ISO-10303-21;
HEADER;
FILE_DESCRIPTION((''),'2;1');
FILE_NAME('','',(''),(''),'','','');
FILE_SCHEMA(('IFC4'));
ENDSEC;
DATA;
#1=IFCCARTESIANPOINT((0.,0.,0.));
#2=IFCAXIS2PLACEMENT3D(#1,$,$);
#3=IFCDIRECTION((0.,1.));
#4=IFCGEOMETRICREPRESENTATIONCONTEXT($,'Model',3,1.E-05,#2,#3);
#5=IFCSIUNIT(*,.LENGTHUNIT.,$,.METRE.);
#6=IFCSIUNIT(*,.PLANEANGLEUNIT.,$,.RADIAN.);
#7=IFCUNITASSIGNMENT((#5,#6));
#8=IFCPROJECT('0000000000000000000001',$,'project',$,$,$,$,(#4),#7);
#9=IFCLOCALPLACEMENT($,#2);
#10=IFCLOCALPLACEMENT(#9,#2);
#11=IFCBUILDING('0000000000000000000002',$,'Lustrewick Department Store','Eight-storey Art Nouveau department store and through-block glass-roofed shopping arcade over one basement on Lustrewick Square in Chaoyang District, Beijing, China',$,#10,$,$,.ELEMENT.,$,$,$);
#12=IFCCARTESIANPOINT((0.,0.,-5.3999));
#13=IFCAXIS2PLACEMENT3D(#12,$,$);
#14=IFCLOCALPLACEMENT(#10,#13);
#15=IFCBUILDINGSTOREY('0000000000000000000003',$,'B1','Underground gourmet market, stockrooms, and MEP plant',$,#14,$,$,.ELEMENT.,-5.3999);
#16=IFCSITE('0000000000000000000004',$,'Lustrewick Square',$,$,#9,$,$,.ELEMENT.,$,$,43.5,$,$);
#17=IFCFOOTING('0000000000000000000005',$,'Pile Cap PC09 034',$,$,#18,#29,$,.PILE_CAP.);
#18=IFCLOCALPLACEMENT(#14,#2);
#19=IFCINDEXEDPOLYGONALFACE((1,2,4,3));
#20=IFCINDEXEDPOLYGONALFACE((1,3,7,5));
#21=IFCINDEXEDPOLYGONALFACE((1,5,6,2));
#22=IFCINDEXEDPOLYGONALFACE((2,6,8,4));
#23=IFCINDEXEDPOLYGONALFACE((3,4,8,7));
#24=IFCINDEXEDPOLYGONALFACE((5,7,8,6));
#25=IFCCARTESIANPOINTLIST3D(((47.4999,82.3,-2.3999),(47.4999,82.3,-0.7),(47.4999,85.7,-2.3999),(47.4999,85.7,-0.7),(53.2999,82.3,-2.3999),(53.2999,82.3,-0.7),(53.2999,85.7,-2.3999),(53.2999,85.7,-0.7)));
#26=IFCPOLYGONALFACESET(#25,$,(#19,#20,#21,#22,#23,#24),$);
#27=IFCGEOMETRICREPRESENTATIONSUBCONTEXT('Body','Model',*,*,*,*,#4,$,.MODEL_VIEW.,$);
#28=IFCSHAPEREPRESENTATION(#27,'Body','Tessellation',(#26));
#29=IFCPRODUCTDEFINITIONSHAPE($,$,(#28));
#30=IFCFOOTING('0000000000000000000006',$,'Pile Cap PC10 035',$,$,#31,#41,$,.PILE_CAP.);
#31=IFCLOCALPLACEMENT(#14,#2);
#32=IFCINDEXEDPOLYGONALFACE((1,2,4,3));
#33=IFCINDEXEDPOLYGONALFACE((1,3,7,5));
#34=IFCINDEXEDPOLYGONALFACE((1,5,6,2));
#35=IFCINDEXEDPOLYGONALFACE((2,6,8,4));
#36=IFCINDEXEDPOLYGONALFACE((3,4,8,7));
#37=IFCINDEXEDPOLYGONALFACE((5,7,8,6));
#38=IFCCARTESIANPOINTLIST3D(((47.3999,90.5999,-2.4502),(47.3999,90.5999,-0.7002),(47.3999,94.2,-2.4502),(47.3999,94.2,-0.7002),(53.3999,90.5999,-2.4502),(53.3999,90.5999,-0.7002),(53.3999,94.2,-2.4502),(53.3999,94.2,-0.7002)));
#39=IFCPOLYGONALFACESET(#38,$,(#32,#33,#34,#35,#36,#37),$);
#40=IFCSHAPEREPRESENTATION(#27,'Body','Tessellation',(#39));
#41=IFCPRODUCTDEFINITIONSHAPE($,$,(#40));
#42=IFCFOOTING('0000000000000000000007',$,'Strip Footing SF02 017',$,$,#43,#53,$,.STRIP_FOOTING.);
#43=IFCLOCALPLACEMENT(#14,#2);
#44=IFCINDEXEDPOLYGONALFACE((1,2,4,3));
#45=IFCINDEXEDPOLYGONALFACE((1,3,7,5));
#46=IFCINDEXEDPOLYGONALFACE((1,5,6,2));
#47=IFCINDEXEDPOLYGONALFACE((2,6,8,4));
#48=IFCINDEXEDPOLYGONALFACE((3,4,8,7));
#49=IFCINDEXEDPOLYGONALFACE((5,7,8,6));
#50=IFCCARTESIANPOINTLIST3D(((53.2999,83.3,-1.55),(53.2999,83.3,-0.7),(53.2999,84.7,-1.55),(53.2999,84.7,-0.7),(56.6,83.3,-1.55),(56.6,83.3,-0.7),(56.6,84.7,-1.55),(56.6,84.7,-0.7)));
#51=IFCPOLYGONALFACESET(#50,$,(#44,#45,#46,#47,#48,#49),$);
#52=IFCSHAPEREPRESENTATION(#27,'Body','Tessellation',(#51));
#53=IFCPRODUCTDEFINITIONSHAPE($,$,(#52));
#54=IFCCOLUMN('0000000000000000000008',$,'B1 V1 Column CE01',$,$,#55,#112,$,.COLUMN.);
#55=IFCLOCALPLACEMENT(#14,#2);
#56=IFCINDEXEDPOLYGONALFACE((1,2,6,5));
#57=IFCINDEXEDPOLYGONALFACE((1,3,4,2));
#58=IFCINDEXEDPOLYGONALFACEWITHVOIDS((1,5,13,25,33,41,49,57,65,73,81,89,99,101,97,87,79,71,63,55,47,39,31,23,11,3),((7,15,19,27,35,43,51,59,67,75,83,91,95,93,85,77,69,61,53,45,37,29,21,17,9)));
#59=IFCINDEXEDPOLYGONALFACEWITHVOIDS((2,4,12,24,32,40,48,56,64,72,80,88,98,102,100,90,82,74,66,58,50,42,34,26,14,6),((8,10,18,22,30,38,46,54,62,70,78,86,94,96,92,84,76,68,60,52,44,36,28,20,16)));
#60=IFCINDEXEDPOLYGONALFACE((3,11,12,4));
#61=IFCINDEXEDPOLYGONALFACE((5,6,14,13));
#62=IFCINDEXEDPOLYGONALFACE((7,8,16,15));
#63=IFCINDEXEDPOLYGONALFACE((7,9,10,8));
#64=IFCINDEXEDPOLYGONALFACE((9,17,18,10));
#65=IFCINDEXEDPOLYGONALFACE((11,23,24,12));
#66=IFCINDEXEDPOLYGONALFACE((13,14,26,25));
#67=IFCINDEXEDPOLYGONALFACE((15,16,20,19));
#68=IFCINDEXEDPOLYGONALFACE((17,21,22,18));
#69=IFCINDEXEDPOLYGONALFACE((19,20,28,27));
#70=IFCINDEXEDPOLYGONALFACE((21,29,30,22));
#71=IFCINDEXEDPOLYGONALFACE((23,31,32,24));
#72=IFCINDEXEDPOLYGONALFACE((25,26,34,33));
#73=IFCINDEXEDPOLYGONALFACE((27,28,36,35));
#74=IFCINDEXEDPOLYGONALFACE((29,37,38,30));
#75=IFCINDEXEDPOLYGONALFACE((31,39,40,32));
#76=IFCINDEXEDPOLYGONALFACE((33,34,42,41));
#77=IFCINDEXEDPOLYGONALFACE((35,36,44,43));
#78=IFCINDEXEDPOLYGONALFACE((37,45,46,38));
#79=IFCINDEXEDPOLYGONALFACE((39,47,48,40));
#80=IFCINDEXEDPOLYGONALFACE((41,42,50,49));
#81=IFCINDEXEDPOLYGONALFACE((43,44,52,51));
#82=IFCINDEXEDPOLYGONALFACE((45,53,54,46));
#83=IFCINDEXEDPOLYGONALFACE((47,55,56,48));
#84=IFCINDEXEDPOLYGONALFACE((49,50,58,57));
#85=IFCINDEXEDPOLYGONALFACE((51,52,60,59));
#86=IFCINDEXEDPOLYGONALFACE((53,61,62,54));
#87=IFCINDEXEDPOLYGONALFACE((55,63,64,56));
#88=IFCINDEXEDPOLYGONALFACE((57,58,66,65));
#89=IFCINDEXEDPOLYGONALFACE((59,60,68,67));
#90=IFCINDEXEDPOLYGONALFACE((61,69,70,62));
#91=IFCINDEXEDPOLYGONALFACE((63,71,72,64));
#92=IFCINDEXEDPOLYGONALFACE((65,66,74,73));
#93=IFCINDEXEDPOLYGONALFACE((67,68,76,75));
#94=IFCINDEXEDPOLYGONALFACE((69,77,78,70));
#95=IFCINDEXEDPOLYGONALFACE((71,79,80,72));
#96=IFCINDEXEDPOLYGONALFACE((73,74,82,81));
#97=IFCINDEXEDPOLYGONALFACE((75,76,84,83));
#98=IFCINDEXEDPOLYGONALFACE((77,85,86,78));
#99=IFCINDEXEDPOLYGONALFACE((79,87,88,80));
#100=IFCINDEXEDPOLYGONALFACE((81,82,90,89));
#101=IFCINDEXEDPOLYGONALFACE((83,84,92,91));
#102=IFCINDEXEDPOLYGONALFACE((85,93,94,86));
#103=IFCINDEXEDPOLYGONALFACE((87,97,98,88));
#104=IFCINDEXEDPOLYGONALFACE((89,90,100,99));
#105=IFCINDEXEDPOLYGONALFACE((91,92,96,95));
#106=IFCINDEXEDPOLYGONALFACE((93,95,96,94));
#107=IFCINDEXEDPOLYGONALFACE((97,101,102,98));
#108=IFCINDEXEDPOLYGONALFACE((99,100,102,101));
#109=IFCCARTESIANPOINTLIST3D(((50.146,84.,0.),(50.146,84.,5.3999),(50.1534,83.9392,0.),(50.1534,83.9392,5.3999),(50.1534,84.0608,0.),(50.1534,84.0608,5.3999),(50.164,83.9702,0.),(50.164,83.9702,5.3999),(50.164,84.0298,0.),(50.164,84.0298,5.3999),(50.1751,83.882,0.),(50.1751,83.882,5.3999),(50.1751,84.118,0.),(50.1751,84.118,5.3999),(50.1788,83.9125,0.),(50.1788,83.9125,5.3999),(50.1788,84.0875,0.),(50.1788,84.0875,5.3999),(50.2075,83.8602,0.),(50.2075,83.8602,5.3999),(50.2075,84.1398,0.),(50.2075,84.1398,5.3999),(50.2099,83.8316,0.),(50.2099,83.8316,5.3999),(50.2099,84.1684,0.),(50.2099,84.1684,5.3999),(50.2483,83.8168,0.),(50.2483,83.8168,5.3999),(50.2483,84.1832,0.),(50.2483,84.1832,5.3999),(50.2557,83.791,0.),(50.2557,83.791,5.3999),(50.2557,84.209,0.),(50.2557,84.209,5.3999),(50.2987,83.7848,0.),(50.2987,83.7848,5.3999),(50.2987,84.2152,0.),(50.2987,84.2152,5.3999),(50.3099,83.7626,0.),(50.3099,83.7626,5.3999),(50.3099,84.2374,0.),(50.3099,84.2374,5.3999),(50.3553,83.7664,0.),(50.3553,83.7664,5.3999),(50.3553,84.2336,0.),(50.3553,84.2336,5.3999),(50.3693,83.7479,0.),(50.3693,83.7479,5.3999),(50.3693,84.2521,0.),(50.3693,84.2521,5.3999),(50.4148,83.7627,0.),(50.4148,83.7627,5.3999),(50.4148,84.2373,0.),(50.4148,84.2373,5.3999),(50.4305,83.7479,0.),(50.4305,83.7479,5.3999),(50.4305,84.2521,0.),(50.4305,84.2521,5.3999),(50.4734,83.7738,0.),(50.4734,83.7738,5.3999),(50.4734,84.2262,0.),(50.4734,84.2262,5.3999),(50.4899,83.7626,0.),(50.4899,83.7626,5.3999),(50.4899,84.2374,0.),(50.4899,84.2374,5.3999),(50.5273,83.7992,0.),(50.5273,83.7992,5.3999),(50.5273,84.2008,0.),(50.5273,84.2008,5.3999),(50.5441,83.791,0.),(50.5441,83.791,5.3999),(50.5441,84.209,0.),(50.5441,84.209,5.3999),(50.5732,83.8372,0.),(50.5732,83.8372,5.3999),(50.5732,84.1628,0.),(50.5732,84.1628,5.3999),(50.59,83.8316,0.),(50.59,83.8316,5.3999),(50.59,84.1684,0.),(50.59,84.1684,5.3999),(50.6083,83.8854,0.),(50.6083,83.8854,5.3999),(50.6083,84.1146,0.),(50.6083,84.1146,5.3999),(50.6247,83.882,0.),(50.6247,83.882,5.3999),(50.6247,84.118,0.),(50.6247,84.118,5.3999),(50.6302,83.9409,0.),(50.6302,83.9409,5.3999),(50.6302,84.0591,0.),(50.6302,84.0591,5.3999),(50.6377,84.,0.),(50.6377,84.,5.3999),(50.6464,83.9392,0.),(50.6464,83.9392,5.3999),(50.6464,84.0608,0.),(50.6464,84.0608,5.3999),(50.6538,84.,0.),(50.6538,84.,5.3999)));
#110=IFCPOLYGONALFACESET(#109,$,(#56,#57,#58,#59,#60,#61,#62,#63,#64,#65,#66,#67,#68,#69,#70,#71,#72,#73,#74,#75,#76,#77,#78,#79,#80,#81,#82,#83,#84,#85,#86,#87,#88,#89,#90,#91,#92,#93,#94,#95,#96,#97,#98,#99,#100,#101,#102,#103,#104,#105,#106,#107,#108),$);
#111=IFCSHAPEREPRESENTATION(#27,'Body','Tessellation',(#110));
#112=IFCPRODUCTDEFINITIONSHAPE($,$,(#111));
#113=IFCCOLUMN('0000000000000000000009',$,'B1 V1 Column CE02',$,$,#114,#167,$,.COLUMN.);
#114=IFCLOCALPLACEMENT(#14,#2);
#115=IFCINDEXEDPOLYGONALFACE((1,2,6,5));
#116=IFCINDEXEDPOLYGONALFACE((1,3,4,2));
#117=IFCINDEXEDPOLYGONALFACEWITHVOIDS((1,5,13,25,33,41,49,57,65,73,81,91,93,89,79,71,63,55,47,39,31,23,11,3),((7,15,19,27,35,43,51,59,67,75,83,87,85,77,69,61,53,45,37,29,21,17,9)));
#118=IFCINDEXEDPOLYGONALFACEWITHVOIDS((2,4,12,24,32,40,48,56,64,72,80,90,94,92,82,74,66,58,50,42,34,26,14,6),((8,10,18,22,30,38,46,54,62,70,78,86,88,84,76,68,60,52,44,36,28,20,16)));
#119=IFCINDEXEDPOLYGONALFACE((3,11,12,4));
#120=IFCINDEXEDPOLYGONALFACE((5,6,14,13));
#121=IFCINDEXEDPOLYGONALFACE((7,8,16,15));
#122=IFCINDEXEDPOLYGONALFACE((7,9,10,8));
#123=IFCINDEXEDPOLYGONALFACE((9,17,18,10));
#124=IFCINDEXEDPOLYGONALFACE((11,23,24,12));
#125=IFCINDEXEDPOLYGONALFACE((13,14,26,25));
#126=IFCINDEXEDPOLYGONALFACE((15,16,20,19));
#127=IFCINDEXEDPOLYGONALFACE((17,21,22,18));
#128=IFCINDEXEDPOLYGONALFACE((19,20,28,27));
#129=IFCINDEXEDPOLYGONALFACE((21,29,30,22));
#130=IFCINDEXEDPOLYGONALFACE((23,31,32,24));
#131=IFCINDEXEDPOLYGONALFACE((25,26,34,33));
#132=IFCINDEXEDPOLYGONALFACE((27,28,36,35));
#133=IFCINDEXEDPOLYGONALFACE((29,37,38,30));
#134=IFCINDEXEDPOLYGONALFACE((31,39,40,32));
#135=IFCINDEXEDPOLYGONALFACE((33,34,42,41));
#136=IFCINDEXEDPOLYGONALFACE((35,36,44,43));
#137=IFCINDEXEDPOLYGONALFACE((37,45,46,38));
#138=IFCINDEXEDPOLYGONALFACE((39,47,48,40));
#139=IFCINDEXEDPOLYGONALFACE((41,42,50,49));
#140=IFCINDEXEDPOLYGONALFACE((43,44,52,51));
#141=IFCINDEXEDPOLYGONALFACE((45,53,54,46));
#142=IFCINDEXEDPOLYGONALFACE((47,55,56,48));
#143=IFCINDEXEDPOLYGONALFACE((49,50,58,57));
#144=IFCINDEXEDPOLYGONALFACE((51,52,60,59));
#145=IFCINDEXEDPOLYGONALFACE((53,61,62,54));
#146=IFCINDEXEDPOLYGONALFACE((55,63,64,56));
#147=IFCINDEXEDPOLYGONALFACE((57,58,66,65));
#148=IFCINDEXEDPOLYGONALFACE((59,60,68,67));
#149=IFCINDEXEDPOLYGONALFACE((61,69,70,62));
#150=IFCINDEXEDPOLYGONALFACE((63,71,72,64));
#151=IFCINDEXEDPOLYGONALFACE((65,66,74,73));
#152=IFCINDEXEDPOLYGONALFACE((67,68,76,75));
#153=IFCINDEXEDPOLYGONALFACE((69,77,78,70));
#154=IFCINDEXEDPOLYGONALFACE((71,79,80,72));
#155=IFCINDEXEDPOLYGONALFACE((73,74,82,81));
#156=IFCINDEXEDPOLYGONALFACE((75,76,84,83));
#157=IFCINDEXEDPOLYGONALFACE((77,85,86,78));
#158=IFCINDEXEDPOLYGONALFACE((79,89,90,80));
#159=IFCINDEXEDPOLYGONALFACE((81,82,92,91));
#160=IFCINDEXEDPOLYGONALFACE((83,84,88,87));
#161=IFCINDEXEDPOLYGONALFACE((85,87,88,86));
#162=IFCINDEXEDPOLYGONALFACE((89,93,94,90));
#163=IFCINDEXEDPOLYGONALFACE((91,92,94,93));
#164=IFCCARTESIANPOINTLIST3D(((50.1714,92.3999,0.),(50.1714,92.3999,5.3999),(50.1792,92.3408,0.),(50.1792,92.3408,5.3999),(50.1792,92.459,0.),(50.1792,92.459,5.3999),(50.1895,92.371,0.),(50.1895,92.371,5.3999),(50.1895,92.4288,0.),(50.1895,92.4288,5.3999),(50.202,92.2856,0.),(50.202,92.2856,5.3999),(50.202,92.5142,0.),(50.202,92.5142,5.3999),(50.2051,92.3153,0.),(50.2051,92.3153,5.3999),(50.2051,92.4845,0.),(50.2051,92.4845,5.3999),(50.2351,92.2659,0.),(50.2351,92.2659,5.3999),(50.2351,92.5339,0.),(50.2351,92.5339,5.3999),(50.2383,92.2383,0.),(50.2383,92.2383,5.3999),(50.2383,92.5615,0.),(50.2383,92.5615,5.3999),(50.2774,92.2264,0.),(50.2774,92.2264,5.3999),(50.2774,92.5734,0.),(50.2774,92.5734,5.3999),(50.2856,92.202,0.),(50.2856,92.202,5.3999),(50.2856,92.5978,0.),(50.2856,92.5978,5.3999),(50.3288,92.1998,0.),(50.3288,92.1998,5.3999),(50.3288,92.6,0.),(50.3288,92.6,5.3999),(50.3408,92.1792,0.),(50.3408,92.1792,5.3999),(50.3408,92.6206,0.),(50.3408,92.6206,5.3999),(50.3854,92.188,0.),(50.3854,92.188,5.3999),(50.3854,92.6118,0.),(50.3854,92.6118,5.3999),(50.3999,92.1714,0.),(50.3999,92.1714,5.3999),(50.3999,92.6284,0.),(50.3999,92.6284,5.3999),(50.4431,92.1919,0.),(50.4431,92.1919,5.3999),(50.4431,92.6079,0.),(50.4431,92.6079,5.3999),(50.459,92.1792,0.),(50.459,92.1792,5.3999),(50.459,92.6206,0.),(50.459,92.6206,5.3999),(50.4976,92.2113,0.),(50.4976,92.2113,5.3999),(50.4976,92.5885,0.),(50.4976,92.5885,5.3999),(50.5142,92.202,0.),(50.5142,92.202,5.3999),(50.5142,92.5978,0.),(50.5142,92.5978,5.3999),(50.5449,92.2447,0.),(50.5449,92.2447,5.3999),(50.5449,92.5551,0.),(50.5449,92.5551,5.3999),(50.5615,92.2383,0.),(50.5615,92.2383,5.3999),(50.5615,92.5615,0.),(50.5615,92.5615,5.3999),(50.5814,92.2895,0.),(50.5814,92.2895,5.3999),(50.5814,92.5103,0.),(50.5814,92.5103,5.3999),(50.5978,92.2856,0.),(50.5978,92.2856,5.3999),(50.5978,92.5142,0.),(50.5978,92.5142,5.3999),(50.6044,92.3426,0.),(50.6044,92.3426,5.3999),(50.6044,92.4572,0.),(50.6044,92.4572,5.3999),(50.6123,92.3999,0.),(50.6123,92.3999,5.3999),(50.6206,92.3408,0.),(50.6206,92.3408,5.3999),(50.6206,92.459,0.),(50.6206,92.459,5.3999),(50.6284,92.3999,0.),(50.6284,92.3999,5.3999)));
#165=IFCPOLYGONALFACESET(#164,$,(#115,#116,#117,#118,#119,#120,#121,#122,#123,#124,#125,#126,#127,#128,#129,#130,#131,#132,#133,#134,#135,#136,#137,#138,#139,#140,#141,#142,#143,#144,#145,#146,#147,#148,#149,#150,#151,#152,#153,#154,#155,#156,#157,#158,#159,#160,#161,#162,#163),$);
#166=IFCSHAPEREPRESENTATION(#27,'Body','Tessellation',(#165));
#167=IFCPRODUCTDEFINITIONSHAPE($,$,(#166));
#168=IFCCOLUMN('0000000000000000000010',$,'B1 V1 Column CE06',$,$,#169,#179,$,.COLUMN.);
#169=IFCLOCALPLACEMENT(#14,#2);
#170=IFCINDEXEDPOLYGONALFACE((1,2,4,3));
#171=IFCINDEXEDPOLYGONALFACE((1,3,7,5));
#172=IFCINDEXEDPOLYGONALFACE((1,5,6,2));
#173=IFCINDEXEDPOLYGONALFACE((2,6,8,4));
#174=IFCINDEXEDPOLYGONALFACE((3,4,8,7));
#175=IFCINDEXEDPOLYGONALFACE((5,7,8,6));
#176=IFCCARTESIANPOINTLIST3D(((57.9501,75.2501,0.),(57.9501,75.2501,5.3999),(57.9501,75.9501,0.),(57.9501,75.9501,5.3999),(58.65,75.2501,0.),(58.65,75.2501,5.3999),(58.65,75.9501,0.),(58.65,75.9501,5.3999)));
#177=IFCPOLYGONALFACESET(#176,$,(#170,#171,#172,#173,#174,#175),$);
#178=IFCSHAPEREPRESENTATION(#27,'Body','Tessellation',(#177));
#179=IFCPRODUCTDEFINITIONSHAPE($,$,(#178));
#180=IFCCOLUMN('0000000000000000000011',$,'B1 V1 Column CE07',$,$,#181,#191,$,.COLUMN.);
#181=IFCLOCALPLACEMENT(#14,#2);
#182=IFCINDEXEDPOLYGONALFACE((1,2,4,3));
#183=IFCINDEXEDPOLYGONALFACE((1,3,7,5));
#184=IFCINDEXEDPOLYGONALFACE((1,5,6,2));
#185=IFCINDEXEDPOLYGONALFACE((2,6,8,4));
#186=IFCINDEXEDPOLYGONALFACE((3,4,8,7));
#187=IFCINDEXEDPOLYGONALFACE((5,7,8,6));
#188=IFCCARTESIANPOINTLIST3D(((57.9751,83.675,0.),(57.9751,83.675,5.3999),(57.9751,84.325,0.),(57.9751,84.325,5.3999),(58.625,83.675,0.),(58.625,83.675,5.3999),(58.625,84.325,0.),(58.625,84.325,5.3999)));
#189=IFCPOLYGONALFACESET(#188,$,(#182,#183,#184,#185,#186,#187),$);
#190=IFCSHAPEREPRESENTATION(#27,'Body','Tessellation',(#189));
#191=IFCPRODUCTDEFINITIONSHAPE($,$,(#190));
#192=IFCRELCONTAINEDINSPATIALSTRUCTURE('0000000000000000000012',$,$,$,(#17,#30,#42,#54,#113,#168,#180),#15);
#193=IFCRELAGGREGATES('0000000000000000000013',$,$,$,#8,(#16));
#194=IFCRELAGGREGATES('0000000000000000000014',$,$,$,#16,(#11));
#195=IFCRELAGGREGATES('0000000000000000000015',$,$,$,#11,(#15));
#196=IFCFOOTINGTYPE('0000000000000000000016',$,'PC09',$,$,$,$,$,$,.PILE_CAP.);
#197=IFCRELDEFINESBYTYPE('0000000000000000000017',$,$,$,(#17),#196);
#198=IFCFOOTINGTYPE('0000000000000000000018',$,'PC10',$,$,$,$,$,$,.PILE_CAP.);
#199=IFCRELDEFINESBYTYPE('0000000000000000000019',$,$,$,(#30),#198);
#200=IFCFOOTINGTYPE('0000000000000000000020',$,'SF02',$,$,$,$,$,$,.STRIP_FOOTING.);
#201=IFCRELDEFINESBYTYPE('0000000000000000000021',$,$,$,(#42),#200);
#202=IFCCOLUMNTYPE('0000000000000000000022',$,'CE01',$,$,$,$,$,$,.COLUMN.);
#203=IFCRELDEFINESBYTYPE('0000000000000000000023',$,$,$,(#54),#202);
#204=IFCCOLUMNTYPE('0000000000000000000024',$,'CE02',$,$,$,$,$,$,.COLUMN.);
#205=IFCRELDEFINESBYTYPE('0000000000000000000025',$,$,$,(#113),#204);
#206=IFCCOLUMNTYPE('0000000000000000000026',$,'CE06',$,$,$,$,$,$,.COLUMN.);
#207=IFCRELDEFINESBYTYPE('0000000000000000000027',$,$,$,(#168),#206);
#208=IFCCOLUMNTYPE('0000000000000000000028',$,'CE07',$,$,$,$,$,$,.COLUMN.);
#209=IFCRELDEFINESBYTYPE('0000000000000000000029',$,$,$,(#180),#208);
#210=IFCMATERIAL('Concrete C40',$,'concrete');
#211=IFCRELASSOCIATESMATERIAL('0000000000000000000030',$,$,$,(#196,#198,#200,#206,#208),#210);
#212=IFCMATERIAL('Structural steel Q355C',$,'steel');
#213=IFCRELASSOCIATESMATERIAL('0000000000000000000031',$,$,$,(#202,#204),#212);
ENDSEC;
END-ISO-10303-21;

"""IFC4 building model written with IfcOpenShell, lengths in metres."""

from ifc_helpers import new_model, si_unit, direction, frame, origin, origin_2d, place, context, subcontext, project, spatial, rectangle, hollow_circle, extrude, material, material_profile, profile_set, type_object, element, save


model = new_model("IFC4")

# Units and contexts
model_context = context("Model", 3, precision=1e-05, world=origin(), true_north=direction((0.0, 1.0)))
body_context = subcontext(model_context, "Body", "Model", "MODEL_VIEW")
ifc_project = project(units=[si_unit("LENGTHUNIT", "METRE"), si_unit("PLANEANGLEUNIT", "RADIAN")], contexts=[model_context])

# Site, building, storey
site_placement = place(None, origin())
site = spatial("IfcSite", under=ifc_project, at=site_placement, Name="Lustrewick Square", CompositionType="ELEMENT", RefElevation=43.5)
building_placement = place(site_placement, origin())
building = spatial("IfcBuilding", under=site, at=building_placement, Name="Lustrewick Department Store", Description="Eight-storey Art Nouveau department store and through-block glass-roofed shopping arcade over one basement on Lustrewick Square in Chaoyang District, Beijing, China", CompositionType="ELEMENT")
storey_placement = place(building_placement, frame((0.0, 0.0, -5.3999)))
storey = spatial("IfcBuildingStorey", under=building, at=storey_placement, Name="B1", Description="Underground gourmet market, stockrooms, and MEP plant", CompositionType="ELEMENT", Elevation=-5.3999)

# Shared definitions
ifc_material_1 = material(Name="Concrete C40", Category="concrete")

# Footings
footing_type_1 = type_object("IfcFootingType", Name="PC09", PredefinedType="PILE_CAP", material=ifc_material_1)
footing_1_placement = place(storey_placement, frame((50.3999, 84.0, -2.3999), z_axis=(0.0, 0.0, 1.0), x_axis=(1.0, 0.0, 0.0)))
element("IfcFooting", 1, at=footing_1_placement, inside=storey, type_object=footing_type_1, Name="Pile Cap PC09 034", PredefinedType="PILE_CAP", context=body_context, shape_type="SweptSolid", body=[
    extrude(rectangle(XDim=5.8, YDim=3.3999, at=origin_2d()), origin(), (0.0, 0.0, 1.0), 1.7),
])
footing_type_2 = type_object("IfcFootingType", Name="PC10", PredefinedType="PILE_CAP", material=ifc_material_1)
footing_2_placement = place(storey_placement, frame((50.3999, 92.3999, -2.4502), z_axis=(0.0, 0.0, 1.0), x_axis=(1.0, 0.0, 0.0)))
element("IfcFooting", 2, at=footing_2_placement, inside=storey, type_object=footing_type_2, Name="Pile Cap PC10 035", PredefinedType="PILE_CAP", context=body_context, shape_type="SweptSolid", body=[
    extrude(rectangle(XDim=6.0, YDim=3.6001, at=origin_2d()), origin(), (0.0, 0.0, 1.0), 1.75),
])
footing_type_3 = type_object("IfcFootingType", Name="SF02", PredefinedType="STRIP_FOOTING", material=ifc_material_1)
footing_3_placement = place(storey_placement, frame((54.95, 84.0, -1.55), z_axis=(0.0, 0.0, 1.0), x_axis=(1.0, 0.0, 0.0)))
element("IfcFooting", 3, at=footing_3_placement, inside=storey, type_object=footing_type_3, Name="Strip Footing SF02 017", PredefinedType="STRIP_FOOTING", context=body_context, shape_type="SweptSolid", body=[
    extrude(rectangle(XDim=3.3, YDim=1.3999, at=origin_2d()), origin(), (0.0, 0.0, 1.0), 0.8501),
])

# Columns
ifc_material_2 = material(Name="Structural steel Q355C", Category="steel")
ifc_material_profile_1 = material_profile(ifc_material_2, hollow_circle(Radius=0.2539, WallThickness=0.0161, at=origin_2d()), Name="CHS 508x16")
ifc_profile_set_1 = profile_set([ifc_material_profile_1], Name="Structural steel Q355C")
column_type_1 = type_object("IfcColumnType", Name="CE01", PredefinedType="COLUMN", material=ifc_profile_set_1)
column_1_placement = place(storey_placement, frame((50.3999, 84.0, 0.0), z_axis=(0.0, 0.0, 1.0), x_axis=(1.0, 0.0, 0.0)))
element("IfcColumn", 4, at=column_1_placement, inside=storey, type_object=column_type_1, Name="B1 V1 Column CE01", PredefinedType="COLUMN", context=body_context, shape_type="SweptSolid", body=[
    extrude(hollow_circle(Radius=0.2539, WallThickness=0.0161, at=origin_2d()), origin(), (0.0, 0.0, 1.0), 5.3999),
])
ifc_material_profile_2 = material_profile(ifc_material_2, hollow_circle(Radius=0.2285, WallThickness=0.0161, at=origin_2d()), Name="CHS 457x16")
ifc_profile_set_2 = profile_set([ifc_material_profile_2], Name="Structural steel Q355C")
column_type_2 = type_object("IfcColumnType", Name="CE02", PredefinedType="COLUMN", material=ifc_profile_set_2)
column_2_placement = place(storey_placement, frame((50.3999, 92.3999, 0.0), z_axis=(0.0, 0.0, 1.0), x_axis=(1.0, 0.0, 0.0)))
element("IfcColumn", 5, at=column_2_placement, inside=storey, type_object=column_type_2, Name="B1 V1 Column CE02", PredefinedType="COLUMN", context=body_context, shape_type="SweptSolid", body=[
    extrude(hollow_circle(Radius=0.2285, WallThickness=0.0161, at=origin_2d()), origin(), (0.0, 0.0, 1.0), 5.3999),
])
ifc_material_profile_3 = material_profile(ifc_material_1, rectangle(XDim=0.7, YDim=0.7, at=origin_2d()), Name="RC 700x700")
ifc_profile_set_3 = profile_set([ifc_material_profile_3], Name="Concrete C40")
column_type_3 = type_object("IfcColumnType", Name="CE06", PredefinedType="COLUMN", material=ifc_profile_set_3)
column_3_placement = place(storey_placement, frame((58.3, 75.6001, 0.0), z_axis=(0.0, 0.0, 1.0), x_axis=(1.0, 0.0, 0.0)))
element("IfcColumn", 6, at=column_3_placement, inside=storey, type_object=column_type_3, Name="B1 V1 Column CE06", PredefinedType="COLUMN", context=body_context, shape_type="SweptSolid", body=[
    extrude(rectangle(XDim=0.7, YDim=0.7, at=origin_2d()), origin(), (0.0, 0.0, 1.0), 5.3999),
])
ifc_material_profile_4 = material_profile(ifc_material_1, rectangle(XDim=0.6499, YDim=0.6499, at=origin_2d()), Name="RC 650x650")
ifc_profile_set_4 = profile_set([ifc_material_profile_4], Name="Concrete C40")
column_type_4 = type_object("IfcColumnType", Name="CE07", PredefinedType="COLUMN", material=ifc_profile_set_4)
column_4_placement = place(storey_placement, frame((58.3, 84.0, 0.0), z_axis=(0.0, 0.0, 1.0), x_axis=(1.0, 0.0, 0.0)))
element("IfcColumn", 7, at=column_4_placement, inside=storey, type_object=column_type_4, Name="B1 V1 Column CE07", PredefinedType="COLUMN", context=body_context, shape_type="SweptSolid", body=[
    extrude(rectangle(XDim=0.6499, YDim=0.6499, at=origin_2d()), origin(), (0.0, 0.0, 1.0), 5.3999),
])

save(model, "model.ifc")
